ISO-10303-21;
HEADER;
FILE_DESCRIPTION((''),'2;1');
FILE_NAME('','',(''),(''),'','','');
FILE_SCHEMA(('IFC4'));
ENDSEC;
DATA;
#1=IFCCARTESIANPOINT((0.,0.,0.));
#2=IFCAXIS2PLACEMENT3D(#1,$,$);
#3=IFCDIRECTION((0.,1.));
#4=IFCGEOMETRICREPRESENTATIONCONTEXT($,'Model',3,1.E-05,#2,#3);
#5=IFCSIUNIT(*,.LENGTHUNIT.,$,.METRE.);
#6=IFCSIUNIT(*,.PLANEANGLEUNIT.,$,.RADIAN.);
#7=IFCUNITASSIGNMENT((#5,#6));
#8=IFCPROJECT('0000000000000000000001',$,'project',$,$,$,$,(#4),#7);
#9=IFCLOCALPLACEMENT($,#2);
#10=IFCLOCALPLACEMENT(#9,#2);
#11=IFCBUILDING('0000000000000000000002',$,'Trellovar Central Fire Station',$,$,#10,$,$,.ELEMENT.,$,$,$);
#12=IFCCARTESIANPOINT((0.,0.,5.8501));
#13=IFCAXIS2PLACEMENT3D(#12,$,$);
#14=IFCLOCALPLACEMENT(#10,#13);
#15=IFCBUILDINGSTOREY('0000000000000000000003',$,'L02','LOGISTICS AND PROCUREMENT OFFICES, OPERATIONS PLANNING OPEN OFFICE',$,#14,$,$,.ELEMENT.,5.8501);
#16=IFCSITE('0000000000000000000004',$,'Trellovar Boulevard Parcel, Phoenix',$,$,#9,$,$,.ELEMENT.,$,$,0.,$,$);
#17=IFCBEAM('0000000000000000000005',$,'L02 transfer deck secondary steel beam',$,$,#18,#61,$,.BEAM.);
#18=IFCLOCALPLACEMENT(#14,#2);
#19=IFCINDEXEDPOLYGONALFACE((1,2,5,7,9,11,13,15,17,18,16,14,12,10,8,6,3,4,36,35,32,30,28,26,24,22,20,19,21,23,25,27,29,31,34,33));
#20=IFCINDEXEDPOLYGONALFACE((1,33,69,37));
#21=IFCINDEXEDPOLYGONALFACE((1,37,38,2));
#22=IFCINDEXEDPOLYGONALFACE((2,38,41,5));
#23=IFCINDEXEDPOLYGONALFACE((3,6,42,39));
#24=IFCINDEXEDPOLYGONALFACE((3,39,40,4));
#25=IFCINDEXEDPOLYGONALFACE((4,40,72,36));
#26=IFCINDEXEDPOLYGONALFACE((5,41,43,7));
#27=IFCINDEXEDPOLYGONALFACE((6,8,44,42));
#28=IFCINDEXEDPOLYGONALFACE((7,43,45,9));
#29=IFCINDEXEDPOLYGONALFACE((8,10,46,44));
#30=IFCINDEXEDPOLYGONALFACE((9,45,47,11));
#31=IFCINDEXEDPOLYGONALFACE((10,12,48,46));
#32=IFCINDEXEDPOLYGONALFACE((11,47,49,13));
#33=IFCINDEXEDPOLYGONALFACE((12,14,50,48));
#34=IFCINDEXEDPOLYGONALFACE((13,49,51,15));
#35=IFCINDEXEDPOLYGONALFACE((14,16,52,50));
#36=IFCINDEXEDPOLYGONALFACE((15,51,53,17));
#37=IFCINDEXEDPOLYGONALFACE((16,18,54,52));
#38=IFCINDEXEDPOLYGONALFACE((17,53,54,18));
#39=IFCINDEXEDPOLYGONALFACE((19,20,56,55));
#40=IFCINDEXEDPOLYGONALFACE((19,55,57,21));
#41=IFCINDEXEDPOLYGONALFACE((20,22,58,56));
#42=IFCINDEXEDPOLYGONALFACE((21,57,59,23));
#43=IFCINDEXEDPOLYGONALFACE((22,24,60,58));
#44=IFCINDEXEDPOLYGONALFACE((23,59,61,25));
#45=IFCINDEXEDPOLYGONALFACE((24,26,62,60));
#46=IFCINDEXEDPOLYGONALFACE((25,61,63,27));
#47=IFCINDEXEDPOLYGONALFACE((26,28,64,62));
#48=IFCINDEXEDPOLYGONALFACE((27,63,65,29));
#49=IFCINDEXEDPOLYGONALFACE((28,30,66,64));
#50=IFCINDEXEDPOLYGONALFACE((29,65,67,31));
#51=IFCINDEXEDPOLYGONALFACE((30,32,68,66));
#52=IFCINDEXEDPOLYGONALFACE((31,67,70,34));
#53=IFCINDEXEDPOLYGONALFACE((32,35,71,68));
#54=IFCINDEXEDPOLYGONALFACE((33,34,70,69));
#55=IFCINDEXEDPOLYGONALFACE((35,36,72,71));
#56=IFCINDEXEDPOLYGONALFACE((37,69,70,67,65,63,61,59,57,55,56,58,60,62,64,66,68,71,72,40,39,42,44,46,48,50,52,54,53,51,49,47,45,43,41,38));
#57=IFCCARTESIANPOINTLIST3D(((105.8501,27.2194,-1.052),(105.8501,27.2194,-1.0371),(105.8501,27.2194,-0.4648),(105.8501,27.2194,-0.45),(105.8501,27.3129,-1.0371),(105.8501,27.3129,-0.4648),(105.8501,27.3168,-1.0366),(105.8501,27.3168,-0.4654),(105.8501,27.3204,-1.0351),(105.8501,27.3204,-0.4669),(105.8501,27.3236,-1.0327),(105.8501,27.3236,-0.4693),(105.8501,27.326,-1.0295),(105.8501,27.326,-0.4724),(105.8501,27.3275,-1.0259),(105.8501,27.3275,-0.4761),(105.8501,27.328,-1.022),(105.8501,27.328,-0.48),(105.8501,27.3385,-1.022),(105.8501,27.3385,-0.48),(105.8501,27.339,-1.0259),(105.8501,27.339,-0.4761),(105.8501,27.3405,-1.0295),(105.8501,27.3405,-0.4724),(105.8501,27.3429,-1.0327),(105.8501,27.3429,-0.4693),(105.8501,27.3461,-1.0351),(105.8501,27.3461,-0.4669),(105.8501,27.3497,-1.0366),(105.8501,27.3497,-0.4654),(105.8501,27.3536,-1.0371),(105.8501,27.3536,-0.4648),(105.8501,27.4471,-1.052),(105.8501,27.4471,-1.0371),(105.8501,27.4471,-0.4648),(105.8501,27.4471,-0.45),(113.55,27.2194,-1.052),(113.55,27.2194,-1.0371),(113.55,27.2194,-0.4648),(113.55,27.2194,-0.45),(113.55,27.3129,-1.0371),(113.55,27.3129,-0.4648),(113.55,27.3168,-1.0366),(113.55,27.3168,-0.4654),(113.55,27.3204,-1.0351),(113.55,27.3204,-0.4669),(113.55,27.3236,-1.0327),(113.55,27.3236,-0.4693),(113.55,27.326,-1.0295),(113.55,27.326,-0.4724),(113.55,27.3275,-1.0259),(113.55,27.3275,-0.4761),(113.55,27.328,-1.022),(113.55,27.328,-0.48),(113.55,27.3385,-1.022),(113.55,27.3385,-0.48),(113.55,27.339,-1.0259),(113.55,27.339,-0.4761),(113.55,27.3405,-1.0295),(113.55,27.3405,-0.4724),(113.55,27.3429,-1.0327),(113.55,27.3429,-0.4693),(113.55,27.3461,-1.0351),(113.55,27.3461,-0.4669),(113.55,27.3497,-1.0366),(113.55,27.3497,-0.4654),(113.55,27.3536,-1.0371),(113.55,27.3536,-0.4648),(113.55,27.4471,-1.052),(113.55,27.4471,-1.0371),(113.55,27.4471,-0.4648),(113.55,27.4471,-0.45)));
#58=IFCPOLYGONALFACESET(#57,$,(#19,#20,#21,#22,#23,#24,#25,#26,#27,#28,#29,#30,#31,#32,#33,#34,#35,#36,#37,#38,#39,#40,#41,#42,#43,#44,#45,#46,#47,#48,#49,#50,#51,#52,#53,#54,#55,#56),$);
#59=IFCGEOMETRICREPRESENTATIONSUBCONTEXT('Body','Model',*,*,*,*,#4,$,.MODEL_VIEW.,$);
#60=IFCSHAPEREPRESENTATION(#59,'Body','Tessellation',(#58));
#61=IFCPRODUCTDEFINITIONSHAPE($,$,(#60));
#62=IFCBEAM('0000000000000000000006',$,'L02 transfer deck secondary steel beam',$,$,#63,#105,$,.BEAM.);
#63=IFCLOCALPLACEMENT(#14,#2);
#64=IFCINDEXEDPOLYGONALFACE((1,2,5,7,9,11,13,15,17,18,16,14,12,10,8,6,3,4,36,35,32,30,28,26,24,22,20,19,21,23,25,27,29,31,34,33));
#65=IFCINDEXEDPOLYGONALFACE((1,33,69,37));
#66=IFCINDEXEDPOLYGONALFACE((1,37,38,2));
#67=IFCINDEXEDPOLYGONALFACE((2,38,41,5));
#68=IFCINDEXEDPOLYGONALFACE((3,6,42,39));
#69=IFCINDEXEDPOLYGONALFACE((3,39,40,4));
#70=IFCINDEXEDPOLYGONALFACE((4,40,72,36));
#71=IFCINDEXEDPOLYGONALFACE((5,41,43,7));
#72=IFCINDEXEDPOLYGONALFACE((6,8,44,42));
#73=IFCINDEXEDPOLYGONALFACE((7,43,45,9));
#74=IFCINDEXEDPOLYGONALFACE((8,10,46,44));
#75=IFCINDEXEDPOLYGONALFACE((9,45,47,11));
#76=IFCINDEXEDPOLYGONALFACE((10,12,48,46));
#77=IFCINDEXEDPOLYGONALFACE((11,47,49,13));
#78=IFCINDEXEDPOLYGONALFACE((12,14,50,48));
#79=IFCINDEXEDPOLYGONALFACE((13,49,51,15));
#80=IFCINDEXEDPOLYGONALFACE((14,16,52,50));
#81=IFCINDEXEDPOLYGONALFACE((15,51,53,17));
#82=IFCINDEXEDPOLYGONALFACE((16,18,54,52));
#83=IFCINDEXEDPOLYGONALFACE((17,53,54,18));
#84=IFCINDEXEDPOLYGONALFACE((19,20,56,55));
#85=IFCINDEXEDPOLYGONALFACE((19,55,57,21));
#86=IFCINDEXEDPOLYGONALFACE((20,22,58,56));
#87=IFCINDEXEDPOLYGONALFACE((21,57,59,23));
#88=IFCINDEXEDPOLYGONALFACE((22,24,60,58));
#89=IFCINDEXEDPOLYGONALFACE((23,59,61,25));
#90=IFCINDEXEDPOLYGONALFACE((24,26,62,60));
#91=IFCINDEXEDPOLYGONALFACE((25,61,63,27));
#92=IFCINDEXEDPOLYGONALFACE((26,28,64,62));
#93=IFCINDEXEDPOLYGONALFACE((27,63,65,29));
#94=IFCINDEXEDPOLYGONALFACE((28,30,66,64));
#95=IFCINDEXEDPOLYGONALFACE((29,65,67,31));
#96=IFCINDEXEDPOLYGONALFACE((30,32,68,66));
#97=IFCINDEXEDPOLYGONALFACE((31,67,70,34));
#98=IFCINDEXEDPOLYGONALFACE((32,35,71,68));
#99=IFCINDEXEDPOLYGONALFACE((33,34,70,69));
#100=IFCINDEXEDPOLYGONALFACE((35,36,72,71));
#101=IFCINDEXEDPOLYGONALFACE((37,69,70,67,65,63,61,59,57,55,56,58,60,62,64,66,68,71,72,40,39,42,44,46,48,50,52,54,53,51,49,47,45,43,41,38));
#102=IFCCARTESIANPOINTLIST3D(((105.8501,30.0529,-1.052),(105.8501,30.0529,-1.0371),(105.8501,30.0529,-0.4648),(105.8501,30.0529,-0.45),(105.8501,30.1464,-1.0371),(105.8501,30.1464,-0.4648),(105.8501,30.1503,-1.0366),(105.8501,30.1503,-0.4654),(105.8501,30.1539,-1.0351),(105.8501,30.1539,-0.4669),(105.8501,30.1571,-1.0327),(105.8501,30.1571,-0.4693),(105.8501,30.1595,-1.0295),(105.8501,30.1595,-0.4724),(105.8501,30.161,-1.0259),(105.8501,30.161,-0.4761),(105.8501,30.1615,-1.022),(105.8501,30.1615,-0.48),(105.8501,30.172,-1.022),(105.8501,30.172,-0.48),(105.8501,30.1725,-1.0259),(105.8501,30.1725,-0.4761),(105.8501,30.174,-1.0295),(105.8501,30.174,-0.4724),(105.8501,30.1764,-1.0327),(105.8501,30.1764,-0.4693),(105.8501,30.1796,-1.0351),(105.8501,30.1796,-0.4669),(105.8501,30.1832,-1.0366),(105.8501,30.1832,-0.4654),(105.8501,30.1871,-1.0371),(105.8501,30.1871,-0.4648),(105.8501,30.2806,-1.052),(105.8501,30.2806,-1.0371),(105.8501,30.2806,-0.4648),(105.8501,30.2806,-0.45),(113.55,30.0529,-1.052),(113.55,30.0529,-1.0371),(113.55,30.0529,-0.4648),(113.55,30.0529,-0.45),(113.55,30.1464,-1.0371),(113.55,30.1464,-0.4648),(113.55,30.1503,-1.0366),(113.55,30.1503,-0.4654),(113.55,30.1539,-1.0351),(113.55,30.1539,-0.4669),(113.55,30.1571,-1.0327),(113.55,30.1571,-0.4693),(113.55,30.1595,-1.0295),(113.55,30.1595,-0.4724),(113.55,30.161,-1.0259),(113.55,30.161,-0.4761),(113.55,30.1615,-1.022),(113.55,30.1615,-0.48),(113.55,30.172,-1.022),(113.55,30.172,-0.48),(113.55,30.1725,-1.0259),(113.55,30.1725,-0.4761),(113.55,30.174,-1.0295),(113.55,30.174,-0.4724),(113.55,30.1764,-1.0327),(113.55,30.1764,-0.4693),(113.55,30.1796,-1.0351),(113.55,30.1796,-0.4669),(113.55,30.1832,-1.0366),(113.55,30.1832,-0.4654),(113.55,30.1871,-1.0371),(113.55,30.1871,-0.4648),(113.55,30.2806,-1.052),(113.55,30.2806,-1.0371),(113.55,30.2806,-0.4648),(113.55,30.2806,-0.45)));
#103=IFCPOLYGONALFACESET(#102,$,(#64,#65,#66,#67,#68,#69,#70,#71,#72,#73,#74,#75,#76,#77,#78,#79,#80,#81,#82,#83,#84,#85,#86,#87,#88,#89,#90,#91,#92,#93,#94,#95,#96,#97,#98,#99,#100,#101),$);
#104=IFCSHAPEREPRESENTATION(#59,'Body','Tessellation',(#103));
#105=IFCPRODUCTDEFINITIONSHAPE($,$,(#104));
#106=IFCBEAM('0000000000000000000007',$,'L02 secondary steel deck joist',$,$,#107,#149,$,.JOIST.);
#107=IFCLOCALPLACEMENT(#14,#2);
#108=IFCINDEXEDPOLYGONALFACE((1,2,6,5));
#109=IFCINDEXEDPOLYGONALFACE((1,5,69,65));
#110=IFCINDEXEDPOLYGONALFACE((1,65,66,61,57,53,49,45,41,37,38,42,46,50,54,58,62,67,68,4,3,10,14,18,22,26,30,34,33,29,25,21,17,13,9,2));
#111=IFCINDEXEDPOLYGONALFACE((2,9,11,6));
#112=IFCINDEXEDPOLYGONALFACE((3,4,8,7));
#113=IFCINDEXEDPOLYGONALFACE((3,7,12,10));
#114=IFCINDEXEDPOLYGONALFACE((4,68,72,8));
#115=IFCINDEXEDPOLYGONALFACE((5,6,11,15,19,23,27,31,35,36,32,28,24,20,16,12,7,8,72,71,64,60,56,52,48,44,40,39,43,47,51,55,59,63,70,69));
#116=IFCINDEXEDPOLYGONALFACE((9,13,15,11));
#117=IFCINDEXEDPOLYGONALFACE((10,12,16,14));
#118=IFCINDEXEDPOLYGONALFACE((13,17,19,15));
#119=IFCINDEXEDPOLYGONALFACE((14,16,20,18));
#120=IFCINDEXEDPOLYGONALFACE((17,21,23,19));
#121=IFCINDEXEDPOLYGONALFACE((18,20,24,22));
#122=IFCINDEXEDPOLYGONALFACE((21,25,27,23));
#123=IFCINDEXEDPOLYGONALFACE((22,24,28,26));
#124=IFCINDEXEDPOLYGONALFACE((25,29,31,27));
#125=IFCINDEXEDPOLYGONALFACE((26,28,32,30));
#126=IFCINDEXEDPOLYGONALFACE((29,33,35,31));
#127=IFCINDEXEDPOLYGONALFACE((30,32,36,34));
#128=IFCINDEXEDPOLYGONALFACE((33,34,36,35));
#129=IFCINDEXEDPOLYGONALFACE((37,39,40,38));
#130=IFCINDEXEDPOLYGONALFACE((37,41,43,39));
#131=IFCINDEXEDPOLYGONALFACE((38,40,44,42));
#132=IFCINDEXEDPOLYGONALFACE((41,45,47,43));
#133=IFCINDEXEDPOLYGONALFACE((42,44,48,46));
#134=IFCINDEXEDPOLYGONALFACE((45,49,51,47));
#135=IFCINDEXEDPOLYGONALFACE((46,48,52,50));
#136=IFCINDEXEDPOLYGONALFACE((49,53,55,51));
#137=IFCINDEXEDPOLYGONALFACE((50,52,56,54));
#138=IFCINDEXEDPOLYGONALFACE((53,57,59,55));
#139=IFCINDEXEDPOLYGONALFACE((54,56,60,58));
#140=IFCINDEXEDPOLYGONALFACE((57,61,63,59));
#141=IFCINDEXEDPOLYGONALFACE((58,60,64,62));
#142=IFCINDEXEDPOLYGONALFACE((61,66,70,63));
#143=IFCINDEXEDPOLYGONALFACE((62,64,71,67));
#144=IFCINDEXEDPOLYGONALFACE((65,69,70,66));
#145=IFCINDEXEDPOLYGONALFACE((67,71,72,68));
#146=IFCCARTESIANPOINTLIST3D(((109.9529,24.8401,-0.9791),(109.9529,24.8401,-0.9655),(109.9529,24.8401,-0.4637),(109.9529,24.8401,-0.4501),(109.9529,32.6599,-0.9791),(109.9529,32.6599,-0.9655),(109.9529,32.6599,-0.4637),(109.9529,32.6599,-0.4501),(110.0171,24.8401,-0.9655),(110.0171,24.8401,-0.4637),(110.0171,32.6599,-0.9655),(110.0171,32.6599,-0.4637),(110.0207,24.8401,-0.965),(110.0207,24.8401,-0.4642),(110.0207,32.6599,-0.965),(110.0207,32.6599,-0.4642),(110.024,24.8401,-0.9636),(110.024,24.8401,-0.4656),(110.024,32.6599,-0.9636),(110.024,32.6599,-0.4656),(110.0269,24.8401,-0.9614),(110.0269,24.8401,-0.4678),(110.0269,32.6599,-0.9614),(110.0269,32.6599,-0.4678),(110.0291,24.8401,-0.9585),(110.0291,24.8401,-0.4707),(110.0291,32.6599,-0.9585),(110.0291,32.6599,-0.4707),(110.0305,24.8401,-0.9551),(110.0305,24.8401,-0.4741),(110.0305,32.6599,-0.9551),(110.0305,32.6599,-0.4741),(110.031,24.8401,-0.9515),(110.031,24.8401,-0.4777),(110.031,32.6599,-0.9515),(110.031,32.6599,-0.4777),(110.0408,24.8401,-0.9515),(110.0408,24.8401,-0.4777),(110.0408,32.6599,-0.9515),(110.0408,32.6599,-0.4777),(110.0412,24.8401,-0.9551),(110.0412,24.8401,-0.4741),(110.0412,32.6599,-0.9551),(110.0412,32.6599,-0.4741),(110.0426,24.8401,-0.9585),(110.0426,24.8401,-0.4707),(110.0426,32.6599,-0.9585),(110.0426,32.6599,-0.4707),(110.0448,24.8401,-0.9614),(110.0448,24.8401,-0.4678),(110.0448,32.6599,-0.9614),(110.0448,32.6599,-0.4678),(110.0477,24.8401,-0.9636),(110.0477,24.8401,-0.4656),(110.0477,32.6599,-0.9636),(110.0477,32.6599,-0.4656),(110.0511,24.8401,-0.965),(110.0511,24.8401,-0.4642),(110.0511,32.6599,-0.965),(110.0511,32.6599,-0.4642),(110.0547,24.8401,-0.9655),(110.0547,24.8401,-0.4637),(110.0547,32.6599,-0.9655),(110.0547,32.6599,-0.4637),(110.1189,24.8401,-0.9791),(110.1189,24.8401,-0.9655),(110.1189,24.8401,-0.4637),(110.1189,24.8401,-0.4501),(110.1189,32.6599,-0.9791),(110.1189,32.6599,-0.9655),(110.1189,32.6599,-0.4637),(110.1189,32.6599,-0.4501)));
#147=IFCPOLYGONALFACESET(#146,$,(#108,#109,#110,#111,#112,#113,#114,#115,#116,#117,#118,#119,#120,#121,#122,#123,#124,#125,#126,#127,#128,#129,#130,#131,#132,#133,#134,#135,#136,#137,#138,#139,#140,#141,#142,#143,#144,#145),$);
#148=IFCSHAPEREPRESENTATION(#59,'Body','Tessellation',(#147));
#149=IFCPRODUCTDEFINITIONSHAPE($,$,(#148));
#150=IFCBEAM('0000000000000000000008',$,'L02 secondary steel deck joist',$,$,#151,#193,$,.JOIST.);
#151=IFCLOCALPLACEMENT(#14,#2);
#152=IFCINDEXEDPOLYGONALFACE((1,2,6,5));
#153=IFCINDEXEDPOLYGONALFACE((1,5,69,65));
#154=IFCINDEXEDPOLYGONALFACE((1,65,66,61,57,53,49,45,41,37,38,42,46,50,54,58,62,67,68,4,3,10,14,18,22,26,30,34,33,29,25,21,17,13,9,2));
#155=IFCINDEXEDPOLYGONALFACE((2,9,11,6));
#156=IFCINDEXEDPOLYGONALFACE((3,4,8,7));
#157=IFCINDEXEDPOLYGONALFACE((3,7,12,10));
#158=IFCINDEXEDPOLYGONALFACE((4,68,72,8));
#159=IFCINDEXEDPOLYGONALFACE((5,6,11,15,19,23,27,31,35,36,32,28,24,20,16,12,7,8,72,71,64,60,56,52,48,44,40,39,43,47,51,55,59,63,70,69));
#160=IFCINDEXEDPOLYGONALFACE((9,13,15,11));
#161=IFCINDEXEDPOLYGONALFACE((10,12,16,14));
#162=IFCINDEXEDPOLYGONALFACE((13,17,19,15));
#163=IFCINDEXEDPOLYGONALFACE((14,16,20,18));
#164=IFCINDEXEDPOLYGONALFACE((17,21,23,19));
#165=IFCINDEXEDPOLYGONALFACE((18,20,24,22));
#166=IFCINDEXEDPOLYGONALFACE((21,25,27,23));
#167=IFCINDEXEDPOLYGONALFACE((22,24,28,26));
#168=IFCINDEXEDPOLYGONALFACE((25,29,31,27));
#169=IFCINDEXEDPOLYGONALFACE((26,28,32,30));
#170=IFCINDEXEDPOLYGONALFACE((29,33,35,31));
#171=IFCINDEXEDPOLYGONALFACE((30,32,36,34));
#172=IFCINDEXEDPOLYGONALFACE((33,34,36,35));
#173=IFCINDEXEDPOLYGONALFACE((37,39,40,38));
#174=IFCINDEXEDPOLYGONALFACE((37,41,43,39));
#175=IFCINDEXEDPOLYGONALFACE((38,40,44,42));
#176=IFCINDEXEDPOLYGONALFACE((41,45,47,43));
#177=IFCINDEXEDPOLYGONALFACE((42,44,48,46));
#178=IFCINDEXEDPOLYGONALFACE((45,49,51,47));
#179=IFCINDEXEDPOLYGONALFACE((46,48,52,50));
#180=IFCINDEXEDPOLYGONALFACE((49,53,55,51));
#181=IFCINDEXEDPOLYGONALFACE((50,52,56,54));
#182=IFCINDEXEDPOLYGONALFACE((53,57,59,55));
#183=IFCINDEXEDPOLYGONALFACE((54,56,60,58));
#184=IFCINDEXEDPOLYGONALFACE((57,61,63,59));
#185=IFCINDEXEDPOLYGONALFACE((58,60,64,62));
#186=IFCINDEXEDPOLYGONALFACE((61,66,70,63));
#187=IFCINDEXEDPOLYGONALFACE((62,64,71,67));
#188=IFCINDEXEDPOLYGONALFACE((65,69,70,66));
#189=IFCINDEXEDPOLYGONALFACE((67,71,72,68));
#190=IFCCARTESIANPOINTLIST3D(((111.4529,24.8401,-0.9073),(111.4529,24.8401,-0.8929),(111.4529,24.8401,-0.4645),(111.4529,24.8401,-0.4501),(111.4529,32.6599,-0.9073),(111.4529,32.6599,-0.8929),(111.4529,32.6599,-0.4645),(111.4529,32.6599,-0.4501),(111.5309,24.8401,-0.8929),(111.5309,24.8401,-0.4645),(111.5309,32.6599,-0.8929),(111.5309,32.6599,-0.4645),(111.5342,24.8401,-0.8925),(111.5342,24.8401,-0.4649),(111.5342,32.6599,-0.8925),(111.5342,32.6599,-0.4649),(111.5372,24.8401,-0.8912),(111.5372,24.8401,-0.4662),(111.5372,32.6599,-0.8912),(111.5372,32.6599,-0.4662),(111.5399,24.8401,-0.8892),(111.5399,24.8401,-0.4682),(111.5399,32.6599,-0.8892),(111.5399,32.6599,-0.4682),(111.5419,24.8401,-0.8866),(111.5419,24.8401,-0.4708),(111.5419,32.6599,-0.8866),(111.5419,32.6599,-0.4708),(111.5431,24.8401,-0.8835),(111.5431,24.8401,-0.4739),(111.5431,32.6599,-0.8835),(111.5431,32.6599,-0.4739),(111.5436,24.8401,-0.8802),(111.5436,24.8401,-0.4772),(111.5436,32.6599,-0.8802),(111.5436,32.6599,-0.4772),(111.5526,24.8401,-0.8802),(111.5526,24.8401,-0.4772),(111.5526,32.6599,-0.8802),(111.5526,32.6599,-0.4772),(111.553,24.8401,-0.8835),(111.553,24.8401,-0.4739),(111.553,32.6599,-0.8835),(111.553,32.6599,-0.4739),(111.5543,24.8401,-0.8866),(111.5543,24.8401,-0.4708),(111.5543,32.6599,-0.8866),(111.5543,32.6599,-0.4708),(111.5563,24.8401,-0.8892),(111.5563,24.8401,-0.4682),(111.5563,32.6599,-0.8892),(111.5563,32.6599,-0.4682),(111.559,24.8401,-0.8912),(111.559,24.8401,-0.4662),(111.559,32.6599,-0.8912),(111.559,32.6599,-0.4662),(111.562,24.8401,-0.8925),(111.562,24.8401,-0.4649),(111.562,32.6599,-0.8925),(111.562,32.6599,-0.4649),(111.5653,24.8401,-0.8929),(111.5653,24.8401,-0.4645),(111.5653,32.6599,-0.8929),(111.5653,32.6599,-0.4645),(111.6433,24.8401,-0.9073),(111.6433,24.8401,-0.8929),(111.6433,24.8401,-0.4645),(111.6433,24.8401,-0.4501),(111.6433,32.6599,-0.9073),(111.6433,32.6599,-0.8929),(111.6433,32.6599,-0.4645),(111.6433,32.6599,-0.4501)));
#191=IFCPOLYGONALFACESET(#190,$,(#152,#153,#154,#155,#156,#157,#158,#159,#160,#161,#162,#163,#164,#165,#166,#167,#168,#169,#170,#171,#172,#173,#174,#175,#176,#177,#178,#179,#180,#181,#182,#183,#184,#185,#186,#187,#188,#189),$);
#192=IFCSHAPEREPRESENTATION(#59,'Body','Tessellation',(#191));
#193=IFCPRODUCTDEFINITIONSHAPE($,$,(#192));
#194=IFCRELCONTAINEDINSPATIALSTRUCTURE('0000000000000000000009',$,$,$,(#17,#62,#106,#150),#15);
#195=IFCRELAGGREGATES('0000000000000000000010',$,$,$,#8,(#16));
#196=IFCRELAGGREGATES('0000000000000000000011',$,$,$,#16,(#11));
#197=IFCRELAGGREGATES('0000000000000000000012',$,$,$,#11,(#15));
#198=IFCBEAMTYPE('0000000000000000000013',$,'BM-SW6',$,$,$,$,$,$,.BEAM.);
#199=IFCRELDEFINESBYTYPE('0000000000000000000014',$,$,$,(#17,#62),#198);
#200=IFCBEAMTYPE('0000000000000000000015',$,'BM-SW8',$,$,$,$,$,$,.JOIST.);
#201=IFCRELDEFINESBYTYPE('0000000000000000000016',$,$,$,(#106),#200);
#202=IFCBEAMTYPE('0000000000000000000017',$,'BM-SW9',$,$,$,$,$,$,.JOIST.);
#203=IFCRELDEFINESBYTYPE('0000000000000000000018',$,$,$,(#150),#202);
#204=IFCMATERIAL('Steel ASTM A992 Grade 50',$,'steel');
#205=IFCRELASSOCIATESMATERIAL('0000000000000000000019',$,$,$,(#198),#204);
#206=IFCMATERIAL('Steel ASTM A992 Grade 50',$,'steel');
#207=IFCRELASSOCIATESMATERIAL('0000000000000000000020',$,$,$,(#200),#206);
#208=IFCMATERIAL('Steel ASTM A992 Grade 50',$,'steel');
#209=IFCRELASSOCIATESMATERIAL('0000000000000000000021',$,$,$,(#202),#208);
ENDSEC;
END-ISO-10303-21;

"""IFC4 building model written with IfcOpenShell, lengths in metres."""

from ifc_helpers import new_model, si_unit, direction, frame, origin, origin_2d, place, context, subcontext, project, spatial, i_section, extrude, material, material_profile, profile_set, type_object, element, save


model = new_model("IFC4")

# Units and contexts
model_context = context("Model", 3, precision=1e-05, world=origin(), true_north=direction((0.0, 1.0)))
body_context = subcontext(model_context, "Body", "Model", "MODEL_VIEW")
ifc_project = project(units=[si_unit("LENGTHUNIT", "METRE"), si_unit("PLANEANGLEUNIT", "RADIAN")], contexts=[model_context])

# Site, building, storey
site_placement = place(None, origin())
site = spatial("IfcSite", under=ifc_project, at=site_placement, Name="Trellovar Boulevard Parcel, Phoenix", CompositionType="ELEMENT", RefElevation=0.0)
building_placement = place(site_placement, origin())
building = spatial("IfcBuilding", under=site, at=building_placement, Name="Trellovar Central Fire Station", CompositionType="ELEMENT")
storey_placement = place(building_placement, frame((0.0, 0.0, 5.8501)))
storey = spatial("IfcBuildingStorey", under=building, at=storey_placement, Name="L02", Description="LOGISTICS AND PROCUREMENT OFFICES, OPERATIONS PLANNING OPEN OFFICE", CompositionType="ELEMENT", Elevation=5.8501)

# Beams
ifc_material_1 = material(Name="Steel ASTM A992 Grade 50", Category="steel")
ifc_material_profile_1 = material_profile(ifc_material_1, i_section(OverallWidth=0.2278, OverallDepth=0.6021, WebThickness=0.0105, FlangeThickness=0.0149, FilletRadius=0.0151, at=origin_2d()), Name="W24X68")
ifc_profile_set_1 = profile_set([ifc_material_profile_1], Name="Steel ASTM A992 Grade 50")
beam_type_1 = type_object("IfcBeamType", Name="BM-SW6", PredefinedType="BEAM", material=ifc_profile_set_1)
for number, where, z_axis, x_axis, name in (
    (1, (105.8501, 27.3333, -0.751), (1.0, 0.0, 0.0), (0.0, 1.0, 0.0), "L02 transfer deck secondary steel beam"),
    (2, (105.8501, 30.1667, -0.751), (1.0, 0.0, 0.0), (0.0, 1.0, 0.0), "L02 transfer deck secondary steel beam"),
):
    element("IfcBeam", number, at=place(storey_placement, frame(where, z_axis=z_axis, x_axis=x_axis)), inside=storey, type_object=beam_type_1, Name=name, PredefinedType="BEAM", context=body_context, shape_type="SweptSolid", body=[
        extrude(i_section(OverallWidth=0.2278, OverallDepth=0.6021, WebThickness=0.0105, FlangeThickness=0.0149, FilletRadius=0.0151, at=origin_2d()), origin(), (0.0, 0.0, 1.0), 7.7),
    ])
ifc_material_2 = material(Name="Steel ASTM A992 Grade 50", Category="steel")
ifc_material_profile_2 = material_profile(ifc_material_2, i_section(OverallWidth=0.166, OverallDepth=0.5291, WebThickness=0.0098, FlangeThickness=0.0137, FilletRadius=0.0139, at=origin_2d()), Name="W21X50")
ifc_profile_set_2 = profile_set([ifc_material_profile_2], Name="Steel ASTM A992 Grade 50")
beam_type_2 = type_object("IfcBeamType", Name="BM-SW8", PredefinedType="JOIST", material=ifc_profile_set_2)
beam_1_placement = place(storey_placement, frame((110.0359, 24.8401, -0.7146), z_axis=(0.0, 1.0, 0.0), x_axis=(-1.0, 0.0, 0.0)))
element("IfcBeam", 3, at=beam_1_placement, inside=storey, type_object=beam_type_2, Name="L02 secondary steel deck joist", PredefinedType="JOIST", context=body_context, shape_type="SweptSolid", body=[
    extrude(i_section(OverallWidth=0.166, OverallDepth=0.5291, WebThickness=0.0098, FlangeThickness=0.0137, FilletRadius=0.0139, at=origin_2d()), origin(), (0.0, 0.0, 1.0), 7.8198),
])
ifc_material_3 = material(Name="Steel ASTM A992 Grade 50", Category="steel")
ifc_material_profile_3 = material_profile(ifc_material_3, i_section(OverallWidth=0.1904, OverallDepth=0.4573, WebThickness=0.009, FlangeThickness=0.0144, FilletRadius=0.0127, at=origin_2d()), Name="W18X50")
ifc_profile_set_3 = profile_set([ifc_material_profile_3], Name="Steel ASTM A992 Grade 50")
beam_type_3 = type_object("IfcBeamType", Name="BM-SW9", PredefinedType="JOIST", material=ifc_profile_set_3)
beam_2_placement = place(storey_placement, frame((111.5481, 24.8401, -0.6787), z_axis=(0.0, 1.0, 0.0), x_axis=(-1.0, 0.0, 0.0)))
element("IfcBeam", 4, at=beam_2_placement, inside=storey, type_object=beam_type_3, Name="L02 secondary steel deck joist", PredefinedType="JOIST", context=body_context, shape_type="SweptSolid", body=[
    extrude(i_section(OverallWidth=0.1904, OverallDepth=0.4573, WebThickness=0.009, FlangeThickness=0.0144, FilletRadius=0.0127, at=origin_2d()), origin(), (0.0, 0.0, 1.0), 7.8198),
])

save(model, "model.ifc")
